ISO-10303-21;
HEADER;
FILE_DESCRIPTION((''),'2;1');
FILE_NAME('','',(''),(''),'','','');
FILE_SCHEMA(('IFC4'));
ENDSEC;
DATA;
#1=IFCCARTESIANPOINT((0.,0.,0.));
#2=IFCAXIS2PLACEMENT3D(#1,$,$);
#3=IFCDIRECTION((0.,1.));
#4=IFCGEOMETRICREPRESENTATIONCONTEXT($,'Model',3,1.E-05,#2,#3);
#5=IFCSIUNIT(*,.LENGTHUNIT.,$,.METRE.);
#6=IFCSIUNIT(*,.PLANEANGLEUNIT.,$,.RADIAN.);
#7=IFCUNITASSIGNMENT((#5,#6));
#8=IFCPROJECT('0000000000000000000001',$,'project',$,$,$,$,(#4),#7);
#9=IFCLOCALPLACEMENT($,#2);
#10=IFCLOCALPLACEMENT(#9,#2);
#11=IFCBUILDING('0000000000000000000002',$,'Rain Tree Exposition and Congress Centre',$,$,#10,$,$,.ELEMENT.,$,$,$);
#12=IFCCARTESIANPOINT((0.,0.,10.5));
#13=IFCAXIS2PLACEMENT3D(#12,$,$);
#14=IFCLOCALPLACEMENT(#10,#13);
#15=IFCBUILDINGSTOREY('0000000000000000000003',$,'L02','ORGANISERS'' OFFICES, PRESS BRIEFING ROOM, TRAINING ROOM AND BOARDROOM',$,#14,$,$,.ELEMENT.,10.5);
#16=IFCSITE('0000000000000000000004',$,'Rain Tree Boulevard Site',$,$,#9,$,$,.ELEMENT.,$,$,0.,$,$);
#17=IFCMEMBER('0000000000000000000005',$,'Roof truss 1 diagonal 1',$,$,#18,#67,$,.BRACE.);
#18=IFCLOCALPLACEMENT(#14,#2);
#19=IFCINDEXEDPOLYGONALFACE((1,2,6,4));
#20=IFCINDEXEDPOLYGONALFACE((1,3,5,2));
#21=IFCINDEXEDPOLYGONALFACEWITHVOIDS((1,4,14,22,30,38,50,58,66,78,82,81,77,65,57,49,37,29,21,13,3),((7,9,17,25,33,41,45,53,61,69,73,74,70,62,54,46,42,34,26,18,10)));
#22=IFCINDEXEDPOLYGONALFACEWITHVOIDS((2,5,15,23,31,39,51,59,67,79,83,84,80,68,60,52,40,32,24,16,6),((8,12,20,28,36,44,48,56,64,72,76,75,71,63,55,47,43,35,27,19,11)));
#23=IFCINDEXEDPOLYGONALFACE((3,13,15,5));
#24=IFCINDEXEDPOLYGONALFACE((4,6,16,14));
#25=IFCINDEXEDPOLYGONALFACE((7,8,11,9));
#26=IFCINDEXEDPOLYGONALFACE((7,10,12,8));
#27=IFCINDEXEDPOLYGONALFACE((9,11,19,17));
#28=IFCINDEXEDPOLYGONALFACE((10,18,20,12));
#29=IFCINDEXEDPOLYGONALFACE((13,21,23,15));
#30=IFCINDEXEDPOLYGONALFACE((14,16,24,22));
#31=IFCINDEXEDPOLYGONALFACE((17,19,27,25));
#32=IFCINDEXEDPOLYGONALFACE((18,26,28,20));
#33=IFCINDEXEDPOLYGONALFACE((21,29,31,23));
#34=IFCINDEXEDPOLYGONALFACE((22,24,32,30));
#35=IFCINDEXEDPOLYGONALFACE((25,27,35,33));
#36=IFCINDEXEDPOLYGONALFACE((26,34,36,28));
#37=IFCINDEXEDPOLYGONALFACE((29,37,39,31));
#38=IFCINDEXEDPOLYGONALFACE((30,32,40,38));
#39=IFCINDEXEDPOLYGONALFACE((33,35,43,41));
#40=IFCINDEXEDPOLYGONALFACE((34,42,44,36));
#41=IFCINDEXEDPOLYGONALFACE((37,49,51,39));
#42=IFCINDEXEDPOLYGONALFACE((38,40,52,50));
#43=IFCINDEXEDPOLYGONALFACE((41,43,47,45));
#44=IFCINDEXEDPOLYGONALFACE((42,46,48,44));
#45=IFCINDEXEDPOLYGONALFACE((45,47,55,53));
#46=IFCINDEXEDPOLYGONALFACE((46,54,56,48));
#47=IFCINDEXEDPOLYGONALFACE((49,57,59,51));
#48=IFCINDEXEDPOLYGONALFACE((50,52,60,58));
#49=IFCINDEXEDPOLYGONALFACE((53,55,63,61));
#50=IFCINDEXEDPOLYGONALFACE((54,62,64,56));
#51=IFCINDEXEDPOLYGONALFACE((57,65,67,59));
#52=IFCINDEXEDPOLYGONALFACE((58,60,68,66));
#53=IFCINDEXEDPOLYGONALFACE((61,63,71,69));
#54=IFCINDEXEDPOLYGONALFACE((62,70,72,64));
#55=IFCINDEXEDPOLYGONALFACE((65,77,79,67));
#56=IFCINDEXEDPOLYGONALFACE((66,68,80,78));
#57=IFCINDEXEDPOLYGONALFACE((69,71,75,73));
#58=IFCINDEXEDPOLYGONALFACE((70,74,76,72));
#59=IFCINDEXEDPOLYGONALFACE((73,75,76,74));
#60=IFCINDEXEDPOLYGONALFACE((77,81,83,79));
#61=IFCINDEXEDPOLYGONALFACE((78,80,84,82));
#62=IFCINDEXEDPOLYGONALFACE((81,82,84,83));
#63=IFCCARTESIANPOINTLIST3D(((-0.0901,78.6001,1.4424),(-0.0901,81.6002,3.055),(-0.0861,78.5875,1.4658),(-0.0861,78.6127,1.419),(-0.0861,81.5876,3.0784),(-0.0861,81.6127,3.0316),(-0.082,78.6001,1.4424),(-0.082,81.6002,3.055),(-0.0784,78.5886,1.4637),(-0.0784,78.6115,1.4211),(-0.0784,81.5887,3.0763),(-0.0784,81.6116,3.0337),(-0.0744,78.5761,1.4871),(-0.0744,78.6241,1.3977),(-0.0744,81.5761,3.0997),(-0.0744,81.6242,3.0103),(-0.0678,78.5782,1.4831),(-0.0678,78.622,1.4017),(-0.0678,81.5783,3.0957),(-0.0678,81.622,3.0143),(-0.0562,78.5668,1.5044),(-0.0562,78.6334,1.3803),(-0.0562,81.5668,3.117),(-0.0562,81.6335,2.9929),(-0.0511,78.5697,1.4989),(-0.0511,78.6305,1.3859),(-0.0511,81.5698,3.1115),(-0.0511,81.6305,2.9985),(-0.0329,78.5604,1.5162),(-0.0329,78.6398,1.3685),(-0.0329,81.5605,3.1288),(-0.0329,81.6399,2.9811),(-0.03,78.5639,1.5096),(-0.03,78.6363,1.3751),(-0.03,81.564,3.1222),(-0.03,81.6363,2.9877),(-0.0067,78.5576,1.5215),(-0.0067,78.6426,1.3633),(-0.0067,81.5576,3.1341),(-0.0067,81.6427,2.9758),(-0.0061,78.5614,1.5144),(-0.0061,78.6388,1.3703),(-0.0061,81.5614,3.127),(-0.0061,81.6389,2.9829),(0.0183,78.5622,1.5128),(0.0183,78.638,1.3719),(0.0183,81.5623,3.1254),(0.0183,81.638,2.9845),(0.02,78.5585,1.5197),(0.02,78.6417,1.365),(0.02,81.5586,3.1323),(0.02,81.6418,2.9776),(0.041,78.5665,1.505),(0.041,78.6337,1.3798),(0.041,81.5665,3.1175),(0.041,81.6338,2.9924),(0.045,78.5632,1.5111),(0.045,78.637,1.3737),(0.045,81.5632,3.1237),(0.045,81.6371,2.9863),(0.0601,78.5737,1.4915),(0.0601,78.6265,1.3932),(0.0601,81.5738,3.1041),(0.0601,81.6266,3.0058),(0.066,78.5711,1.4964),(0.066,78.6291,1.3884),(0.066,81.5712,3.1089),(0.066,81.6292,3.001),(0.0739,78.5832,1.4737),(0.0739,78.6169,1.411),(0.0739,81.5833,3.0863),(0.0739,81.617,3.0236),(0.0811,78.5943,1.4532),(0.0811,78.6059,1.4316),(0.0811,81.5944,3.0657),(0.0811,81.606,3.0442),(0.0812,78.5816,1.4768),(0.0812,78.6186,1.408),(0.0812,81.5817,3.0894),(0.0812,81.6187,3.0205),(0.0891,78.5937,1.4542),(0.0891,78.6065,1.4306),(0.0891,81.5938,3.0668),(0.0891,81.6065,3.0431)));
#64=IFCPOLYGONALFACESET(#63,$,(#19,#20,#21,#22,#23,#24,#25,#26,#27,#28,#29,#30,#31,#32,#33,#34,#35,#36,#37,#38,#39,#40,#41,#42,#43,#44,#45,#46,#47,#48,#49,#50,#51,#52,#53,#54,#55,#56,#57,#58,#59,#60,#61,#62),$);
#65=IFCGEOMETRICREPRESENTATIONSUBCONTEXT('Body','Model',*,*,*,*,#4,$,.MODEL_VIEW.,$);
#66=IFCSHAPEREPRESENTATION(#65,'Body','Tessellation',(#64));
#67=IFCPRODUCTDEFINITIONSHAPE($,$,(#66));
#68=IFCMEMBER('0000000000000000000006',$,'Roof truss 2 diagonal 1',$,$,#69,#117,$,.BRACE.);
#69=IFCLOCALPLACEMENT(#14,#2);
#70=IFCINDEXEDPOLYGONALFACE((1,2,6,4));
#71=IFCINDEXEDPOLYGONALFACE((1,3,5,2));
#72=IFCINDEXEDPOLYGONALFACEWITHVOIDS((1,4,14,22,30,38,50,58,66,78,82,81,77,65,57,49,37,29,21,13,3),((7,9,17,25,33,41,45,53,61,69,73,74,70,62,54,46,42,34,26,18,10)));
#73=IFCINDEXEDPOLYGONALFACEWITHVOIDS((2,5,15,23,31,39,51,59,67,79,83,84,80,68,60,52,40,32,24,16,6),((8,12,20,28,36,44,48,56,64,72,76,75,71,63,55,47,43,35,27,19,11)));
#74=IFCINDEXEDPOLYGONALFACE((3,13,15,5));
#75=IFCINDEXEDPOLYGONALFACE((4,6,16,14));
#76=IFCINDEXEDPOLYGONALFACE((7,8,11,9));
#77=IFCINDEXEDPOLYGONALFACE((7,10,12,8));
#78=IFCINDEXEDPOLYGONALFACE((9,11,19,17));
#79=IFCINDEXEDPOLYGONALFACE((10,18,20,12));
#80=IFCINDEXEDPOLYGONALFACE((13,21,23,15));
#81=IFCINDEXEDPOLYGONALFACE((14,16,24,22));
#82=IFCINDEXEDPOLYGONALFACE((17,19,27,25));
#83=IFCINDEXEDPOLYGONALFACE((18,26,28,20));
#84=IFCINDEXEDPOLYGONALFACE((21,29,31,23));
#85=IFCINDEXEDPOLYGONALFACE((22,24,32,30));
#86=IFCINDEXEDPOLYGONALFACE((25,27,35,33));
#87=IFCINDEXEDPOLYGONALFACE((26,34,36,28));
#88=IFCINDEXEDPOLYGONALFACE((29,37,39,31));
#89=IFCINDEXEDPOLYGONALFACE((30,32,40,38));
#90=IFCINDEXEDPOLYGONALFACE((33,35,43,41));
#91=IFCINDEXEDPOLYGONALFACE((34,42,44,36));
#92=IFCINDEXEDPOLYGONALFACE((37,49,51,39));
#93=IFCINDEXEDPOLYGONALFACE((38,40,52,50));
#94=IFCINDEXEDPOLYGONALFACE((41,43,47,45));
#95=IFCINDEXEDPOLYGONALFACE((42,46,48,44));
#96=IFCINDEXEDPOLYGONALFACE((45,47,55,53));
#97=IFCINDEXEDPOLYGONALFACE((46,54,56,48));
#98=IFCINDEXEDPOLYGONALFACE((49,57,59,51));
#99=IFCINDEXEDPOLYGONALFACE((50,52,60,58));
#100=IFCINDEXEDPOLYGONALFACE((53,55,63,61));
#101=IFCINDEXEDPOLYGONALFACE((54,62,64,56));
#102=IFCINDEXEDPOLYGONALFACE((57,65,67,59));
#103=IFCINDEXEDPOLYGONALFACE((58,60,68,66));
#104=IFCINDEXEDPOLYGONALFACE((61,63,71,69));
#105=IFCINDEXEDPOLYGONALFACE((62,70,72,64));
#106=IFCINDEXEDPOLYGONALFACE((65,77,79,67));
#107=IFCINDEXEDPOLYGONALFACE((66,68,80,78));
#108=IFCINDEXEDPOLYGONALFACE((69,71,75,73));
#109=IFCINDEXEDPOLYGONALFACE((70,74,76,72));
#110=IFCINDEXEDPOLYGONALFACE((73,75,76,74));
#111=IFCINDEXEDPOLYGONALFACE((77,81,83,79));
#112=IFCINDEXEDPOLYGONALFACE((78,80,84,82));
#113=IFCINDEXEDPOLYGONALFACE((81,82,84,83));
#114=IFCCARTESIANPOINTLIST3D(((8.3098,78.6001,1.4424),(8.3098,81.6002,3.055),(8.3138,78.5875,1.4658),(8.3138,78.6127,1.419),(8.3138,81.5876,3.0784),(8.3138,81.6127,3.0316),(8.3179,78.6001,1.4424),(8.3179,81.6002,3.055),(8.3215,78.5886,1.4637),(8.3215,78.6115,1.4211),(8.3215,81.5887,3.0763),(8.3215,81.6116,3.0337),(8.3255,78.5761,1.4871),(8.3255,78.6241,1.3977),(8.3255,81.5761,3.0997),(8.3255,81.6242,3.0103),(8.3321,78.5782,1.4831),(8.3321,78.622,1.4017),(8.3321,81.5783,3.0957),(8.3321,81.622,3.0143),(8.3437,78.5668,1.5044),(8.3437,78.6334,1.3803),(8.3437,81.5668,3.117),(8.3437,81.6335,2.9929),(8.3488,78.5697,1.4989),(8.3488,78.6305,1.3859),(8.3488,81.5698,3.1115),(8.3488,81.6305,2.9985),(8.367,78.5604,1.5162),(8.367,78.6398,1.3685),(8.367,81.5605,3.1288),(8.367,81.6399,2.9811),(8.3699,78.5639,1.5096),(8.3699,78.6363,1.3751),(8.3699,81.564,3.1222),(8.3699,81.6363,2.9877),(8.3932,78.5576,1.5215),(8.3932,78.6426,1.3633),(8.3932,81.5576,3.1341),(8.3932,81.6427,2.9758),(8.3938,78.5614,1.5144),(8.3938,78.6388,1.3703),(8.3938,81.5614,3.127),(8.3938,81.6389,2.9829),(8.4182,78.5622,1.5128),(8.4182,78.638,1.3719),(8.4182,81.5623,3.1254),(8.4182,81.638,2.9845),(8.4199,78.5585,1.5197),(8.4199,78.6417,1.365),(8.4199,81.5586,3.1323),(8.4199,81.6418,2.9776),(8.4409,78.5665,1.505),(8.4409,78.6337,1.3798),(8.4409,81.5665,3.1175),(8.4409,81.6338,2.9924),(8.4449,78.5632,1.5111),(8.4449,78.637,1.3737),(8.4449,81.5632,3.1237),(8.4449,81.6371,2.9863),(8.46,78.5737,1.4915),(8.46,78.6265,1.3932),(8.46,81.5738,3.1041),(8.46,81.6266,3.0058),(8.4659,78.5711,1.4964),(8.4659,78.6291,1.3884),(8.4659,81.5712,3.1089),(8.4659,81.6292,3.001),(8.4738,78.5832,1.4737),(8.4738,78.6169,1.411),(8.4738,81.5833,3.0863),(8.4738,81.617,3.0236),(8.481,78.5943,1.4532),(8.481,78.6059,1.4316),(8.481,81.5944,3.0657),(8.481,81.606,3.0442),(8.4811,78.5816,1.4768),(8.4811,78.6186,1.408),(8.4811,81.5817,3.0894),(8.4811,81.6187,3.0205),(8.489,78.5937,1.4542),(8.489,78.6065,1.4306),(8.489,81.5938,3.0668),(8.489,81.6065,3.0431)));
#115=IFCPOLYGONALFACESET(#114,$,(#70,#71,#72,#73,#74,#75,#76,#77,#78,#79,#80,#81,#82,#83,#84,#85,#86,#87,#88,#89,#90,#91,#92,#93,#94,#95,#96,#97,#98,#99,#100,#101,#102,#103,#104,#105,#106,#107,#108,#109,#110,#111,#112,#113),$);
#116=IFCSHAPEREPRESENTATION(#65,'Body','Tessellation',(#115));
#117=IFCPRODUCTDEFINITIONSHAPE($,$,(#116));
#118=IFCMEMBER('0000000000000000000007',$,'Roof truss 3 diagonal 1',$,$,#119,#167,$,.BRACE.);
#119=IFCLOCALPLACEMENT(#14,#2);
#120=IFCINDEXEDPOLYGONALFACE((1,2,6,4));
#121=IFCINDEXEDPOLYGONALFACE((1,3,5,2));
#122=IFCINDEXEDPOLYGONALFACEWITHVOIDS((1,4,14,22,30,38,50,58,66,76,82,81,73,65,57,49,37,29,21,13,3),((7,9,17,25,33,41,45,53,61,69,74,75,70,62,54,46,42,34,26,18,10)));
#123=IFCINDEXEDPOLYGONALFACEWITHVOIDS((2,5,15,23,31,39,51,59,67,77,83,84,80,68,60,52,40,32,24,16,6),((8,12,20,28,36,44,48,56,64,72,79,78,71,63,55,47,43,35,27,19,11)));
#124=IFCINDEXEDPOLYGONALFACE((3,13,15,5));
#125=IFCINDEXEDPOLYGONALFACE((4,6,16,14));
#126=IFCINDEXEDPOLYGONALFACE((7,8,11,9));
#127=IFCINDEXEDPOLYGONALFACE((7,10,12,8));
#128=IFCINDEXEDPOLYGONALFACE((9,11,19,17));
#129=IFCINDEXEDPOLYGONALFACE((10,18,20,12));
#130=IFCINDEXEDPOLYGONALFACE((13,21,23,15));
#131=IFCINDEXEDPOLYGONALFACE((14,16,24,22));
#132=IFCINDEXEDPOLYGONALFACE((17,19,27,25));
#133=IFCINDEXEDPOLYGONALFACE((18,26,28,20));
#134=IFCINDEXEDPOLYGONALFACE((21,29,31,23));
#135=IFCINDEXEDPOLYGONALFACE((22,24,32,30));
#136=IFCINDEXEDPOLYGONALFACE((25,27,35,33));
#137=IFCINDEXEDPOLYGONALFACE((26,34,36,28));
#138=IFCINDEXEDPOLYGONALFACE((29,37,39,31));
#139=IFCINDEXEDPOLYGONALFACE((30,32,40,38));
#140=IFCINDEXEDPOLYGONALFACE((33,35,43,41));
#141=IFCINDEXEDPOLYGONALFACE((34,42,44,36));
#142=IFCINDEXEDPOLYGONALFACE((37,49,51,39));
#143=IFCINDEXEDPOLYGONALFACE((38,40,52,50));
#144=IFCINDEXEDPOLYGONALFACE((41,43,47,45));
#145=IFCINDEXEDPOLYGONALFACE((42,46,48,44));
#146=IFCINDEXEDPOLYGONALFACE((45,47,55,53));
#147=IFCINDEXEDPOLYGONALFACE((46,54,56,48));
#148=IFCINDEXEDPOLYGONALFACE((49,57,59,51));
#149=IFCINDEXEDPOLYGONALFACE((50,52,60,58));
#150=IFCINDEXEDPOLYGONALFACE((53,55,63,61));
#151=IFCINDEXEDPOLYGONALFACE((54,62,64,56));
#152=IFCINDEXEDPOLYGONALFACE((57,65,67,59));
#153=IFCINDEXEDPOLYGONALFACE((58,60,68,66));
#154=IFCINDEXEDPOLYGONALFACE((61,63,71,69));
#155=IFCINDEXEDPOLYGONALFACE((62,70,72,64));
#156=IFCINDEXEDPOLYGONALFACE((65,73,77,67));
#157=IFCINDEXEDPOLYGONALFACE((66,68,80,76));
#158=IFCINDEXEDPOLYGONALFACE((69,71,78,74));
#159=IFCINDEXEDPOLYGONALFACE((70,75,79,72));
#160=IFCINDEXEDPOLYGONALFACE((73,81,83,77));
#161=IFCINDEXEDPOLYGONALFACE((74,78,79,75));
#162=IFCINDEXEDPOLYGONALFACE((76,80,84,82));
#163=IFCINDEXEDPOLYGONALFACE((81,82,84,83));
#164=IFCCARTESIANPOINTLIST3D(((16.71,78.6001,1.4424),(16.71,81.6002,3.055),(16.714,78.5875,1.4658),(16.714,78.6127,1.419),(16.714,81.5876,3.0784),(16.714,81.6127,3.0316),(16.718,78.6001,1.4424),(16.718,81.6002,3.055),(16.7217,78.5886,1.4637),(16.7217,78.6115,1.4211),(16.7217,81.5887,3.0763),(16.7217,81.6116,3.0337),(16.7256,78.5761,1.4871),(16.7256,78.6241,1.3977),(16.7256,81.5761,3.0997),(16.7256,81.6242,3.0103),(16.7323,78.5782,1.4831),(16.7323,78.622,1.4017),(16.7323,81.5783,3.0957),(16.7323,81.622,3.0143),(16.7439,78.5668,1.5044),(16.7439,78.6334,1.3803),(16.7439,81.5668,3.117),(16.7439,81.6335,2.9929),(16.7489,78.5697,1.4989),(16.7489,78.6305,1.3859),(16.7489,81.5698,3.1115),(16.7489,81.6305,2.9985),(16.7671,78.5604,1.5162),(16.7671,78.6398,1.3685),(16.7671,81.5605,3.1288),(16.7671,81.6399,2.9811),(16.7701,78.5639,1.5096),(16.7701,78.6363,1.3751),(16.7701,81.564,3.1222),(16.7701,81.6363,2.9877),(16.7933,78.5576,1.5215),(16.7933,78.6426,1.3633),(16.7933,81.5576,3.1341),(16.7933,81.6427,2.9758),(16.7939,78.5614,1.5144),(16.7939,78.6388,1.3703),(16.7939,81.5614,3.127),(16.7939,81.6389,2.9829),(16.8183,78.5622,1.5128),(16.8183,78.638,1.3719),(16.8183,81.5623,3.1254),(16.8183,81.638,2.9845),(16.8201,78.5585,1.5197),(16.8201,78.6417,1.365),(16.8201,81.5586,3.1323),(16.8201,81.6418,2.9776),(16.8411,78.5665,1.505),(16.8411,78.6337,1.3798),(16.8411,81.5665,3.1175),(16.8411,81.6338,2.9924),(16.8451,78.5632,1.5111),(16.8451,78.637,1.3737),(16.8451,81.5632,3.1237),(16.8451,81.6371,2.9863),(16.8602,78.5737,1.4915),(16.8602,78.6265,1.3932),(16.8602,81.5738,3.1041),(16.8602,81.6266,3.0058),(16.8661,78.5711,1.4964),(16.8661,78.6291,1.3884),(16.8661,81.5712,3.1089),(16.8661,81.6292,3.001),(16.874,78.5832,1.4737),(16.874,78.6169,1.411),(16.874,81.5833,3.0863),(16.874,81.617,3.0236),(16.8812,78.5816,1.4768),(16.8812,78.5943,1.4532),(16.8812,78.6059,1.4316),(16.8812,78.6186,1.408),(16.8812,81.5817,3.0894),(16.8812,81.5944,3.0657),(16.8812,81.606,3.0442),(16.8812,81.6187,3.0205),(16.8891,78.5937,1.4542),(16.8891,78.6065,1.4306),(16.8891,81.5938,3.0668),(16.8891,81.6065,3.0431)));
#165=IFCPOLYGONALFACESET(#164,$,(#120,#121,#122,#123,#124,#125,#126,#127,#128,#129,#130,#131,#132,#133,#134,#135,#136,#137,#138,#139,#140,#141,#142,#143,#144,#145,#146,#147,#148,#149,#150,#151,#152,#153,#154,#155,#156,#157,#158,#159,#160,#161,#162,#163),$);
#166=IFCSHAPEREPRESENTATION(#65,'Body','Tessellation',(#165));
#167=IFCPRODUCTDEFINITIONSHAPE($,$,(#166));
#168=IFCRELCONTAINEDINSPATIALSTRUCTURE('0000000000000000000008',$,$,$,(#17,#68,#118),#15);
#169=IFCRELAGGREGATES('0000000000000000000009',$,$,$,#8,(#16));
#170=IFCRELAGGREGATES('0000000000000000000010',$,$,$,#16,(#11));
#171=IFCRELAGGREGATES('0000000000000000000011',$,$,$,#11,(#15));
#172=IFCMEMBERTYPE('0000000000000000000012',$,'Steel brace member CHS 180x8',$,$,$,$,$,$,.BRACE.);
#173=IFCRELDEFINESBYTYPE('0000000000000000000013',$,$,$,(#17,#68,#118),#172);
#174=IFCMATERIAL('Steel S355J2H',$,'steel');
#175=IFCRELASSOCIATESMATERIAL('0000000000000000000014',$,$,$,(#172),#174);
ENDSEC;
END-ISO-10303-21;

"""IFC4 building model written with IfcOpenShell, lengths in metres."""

from ifc_helpers import new_model, si_unit, direction, frame, origin, origin_2d, place, context, subcontext, project, spatial, hollow_circle, extrude, material, material_profile, profile_set, type_object, element, save


model = new_model("IFC4")

# Units and contexts
model_context = context("Model", 3, precision=1e-05, world=origin(), true_north=direction((0.0, 1.0)))
body_context = subcontext(model_context, "Body", "Model", "MODEL_VIEW")
ifc_project = project(units=[si_unit("LENGTHUNIT", "METRE"), si_unit("PLANEANGLEUNIT", "RADIAN")], contexts=[model_context])

# Site, building, storey
site_placement = place(None, origin())
site = spatial("IfcSite", under=ifc_project, at=site_placement, Name="Rain Tree Boulevard Site", CompositionType="ELEMENT", RefElevation=0.0)
building_placement = place(site_placement, origin())
building = spatial("IfcBuilding", under=site, at=building_placement, Name="Rain Tree Exposition and Congress Centre", CompositionType="ELEMENT")
storey_placement = place(building_placement, frame((0.0, 0.0, 10.5)))
storey = spatial("IfcBuildingStorey", under=building, at=storey_placement, Name="L02", Description="ORGANISERS' OFFICES, PRESS BRIEFING ROOM, TRAINING ROOM AND BOARDROOM", CompositionType="ELEMENT", Elevation=10.5)

# Members
ifc_material_1 = material(Name="Steel S355J2H", Category="steel")
ifc_material_profile_1 = material_profile(ifc_material_1, hollow_circle(Radius=0.0901, WallThickness=0.0081, at=origin_2d()), Name="CHS 180x8")
ifc_profile_set_1 = profile_set([ifc_material_profile_1], Name="Steel S355J2H")
member_type_1 = type_object("IfcMemberType", Name="Steel brace member CHS 180x8", PredefinedType="BRACE", material=ifc_profile_set_1)
for number, where, z_axis, x_axis, name in (
    (1, (0.0, 78.6001, 1.4424), (0.0, 0.880818, 0.473454), (-1.0, 0.0, 0.0), "Roof truss 1 diagonal 1"),
    (2, (8.3999, 78.6001, 1.4424), (0.0, 0.880818, 0.473454), (-1.0, 0.0, 0.0), "Roof truss 2 diagonal 1"),
    (3, (16.8, 78.6001, 1.4424), (0.0, 0.880818, 0.473454), (-1.0, 0.0, 0.0), "Roof truss 3 diagonal 1"),
):
    element("IfcMember", number, at=place(storey_placement, frame(where, z_axis=z_axis, x_axis=x_axis)), inside=storey, type_object=member_type_1, Name=name, PredefinedType="BRACE", context=body_context, shape_type="SweptSolid", body=[
        extrude(hollow_circle(Radius=0.0901, WallThickness=0.0081, at=origin_2d()), origin(), (0.0, 0.0, 1.0), 3.406),
    ])

save(model, "model.ifc")
